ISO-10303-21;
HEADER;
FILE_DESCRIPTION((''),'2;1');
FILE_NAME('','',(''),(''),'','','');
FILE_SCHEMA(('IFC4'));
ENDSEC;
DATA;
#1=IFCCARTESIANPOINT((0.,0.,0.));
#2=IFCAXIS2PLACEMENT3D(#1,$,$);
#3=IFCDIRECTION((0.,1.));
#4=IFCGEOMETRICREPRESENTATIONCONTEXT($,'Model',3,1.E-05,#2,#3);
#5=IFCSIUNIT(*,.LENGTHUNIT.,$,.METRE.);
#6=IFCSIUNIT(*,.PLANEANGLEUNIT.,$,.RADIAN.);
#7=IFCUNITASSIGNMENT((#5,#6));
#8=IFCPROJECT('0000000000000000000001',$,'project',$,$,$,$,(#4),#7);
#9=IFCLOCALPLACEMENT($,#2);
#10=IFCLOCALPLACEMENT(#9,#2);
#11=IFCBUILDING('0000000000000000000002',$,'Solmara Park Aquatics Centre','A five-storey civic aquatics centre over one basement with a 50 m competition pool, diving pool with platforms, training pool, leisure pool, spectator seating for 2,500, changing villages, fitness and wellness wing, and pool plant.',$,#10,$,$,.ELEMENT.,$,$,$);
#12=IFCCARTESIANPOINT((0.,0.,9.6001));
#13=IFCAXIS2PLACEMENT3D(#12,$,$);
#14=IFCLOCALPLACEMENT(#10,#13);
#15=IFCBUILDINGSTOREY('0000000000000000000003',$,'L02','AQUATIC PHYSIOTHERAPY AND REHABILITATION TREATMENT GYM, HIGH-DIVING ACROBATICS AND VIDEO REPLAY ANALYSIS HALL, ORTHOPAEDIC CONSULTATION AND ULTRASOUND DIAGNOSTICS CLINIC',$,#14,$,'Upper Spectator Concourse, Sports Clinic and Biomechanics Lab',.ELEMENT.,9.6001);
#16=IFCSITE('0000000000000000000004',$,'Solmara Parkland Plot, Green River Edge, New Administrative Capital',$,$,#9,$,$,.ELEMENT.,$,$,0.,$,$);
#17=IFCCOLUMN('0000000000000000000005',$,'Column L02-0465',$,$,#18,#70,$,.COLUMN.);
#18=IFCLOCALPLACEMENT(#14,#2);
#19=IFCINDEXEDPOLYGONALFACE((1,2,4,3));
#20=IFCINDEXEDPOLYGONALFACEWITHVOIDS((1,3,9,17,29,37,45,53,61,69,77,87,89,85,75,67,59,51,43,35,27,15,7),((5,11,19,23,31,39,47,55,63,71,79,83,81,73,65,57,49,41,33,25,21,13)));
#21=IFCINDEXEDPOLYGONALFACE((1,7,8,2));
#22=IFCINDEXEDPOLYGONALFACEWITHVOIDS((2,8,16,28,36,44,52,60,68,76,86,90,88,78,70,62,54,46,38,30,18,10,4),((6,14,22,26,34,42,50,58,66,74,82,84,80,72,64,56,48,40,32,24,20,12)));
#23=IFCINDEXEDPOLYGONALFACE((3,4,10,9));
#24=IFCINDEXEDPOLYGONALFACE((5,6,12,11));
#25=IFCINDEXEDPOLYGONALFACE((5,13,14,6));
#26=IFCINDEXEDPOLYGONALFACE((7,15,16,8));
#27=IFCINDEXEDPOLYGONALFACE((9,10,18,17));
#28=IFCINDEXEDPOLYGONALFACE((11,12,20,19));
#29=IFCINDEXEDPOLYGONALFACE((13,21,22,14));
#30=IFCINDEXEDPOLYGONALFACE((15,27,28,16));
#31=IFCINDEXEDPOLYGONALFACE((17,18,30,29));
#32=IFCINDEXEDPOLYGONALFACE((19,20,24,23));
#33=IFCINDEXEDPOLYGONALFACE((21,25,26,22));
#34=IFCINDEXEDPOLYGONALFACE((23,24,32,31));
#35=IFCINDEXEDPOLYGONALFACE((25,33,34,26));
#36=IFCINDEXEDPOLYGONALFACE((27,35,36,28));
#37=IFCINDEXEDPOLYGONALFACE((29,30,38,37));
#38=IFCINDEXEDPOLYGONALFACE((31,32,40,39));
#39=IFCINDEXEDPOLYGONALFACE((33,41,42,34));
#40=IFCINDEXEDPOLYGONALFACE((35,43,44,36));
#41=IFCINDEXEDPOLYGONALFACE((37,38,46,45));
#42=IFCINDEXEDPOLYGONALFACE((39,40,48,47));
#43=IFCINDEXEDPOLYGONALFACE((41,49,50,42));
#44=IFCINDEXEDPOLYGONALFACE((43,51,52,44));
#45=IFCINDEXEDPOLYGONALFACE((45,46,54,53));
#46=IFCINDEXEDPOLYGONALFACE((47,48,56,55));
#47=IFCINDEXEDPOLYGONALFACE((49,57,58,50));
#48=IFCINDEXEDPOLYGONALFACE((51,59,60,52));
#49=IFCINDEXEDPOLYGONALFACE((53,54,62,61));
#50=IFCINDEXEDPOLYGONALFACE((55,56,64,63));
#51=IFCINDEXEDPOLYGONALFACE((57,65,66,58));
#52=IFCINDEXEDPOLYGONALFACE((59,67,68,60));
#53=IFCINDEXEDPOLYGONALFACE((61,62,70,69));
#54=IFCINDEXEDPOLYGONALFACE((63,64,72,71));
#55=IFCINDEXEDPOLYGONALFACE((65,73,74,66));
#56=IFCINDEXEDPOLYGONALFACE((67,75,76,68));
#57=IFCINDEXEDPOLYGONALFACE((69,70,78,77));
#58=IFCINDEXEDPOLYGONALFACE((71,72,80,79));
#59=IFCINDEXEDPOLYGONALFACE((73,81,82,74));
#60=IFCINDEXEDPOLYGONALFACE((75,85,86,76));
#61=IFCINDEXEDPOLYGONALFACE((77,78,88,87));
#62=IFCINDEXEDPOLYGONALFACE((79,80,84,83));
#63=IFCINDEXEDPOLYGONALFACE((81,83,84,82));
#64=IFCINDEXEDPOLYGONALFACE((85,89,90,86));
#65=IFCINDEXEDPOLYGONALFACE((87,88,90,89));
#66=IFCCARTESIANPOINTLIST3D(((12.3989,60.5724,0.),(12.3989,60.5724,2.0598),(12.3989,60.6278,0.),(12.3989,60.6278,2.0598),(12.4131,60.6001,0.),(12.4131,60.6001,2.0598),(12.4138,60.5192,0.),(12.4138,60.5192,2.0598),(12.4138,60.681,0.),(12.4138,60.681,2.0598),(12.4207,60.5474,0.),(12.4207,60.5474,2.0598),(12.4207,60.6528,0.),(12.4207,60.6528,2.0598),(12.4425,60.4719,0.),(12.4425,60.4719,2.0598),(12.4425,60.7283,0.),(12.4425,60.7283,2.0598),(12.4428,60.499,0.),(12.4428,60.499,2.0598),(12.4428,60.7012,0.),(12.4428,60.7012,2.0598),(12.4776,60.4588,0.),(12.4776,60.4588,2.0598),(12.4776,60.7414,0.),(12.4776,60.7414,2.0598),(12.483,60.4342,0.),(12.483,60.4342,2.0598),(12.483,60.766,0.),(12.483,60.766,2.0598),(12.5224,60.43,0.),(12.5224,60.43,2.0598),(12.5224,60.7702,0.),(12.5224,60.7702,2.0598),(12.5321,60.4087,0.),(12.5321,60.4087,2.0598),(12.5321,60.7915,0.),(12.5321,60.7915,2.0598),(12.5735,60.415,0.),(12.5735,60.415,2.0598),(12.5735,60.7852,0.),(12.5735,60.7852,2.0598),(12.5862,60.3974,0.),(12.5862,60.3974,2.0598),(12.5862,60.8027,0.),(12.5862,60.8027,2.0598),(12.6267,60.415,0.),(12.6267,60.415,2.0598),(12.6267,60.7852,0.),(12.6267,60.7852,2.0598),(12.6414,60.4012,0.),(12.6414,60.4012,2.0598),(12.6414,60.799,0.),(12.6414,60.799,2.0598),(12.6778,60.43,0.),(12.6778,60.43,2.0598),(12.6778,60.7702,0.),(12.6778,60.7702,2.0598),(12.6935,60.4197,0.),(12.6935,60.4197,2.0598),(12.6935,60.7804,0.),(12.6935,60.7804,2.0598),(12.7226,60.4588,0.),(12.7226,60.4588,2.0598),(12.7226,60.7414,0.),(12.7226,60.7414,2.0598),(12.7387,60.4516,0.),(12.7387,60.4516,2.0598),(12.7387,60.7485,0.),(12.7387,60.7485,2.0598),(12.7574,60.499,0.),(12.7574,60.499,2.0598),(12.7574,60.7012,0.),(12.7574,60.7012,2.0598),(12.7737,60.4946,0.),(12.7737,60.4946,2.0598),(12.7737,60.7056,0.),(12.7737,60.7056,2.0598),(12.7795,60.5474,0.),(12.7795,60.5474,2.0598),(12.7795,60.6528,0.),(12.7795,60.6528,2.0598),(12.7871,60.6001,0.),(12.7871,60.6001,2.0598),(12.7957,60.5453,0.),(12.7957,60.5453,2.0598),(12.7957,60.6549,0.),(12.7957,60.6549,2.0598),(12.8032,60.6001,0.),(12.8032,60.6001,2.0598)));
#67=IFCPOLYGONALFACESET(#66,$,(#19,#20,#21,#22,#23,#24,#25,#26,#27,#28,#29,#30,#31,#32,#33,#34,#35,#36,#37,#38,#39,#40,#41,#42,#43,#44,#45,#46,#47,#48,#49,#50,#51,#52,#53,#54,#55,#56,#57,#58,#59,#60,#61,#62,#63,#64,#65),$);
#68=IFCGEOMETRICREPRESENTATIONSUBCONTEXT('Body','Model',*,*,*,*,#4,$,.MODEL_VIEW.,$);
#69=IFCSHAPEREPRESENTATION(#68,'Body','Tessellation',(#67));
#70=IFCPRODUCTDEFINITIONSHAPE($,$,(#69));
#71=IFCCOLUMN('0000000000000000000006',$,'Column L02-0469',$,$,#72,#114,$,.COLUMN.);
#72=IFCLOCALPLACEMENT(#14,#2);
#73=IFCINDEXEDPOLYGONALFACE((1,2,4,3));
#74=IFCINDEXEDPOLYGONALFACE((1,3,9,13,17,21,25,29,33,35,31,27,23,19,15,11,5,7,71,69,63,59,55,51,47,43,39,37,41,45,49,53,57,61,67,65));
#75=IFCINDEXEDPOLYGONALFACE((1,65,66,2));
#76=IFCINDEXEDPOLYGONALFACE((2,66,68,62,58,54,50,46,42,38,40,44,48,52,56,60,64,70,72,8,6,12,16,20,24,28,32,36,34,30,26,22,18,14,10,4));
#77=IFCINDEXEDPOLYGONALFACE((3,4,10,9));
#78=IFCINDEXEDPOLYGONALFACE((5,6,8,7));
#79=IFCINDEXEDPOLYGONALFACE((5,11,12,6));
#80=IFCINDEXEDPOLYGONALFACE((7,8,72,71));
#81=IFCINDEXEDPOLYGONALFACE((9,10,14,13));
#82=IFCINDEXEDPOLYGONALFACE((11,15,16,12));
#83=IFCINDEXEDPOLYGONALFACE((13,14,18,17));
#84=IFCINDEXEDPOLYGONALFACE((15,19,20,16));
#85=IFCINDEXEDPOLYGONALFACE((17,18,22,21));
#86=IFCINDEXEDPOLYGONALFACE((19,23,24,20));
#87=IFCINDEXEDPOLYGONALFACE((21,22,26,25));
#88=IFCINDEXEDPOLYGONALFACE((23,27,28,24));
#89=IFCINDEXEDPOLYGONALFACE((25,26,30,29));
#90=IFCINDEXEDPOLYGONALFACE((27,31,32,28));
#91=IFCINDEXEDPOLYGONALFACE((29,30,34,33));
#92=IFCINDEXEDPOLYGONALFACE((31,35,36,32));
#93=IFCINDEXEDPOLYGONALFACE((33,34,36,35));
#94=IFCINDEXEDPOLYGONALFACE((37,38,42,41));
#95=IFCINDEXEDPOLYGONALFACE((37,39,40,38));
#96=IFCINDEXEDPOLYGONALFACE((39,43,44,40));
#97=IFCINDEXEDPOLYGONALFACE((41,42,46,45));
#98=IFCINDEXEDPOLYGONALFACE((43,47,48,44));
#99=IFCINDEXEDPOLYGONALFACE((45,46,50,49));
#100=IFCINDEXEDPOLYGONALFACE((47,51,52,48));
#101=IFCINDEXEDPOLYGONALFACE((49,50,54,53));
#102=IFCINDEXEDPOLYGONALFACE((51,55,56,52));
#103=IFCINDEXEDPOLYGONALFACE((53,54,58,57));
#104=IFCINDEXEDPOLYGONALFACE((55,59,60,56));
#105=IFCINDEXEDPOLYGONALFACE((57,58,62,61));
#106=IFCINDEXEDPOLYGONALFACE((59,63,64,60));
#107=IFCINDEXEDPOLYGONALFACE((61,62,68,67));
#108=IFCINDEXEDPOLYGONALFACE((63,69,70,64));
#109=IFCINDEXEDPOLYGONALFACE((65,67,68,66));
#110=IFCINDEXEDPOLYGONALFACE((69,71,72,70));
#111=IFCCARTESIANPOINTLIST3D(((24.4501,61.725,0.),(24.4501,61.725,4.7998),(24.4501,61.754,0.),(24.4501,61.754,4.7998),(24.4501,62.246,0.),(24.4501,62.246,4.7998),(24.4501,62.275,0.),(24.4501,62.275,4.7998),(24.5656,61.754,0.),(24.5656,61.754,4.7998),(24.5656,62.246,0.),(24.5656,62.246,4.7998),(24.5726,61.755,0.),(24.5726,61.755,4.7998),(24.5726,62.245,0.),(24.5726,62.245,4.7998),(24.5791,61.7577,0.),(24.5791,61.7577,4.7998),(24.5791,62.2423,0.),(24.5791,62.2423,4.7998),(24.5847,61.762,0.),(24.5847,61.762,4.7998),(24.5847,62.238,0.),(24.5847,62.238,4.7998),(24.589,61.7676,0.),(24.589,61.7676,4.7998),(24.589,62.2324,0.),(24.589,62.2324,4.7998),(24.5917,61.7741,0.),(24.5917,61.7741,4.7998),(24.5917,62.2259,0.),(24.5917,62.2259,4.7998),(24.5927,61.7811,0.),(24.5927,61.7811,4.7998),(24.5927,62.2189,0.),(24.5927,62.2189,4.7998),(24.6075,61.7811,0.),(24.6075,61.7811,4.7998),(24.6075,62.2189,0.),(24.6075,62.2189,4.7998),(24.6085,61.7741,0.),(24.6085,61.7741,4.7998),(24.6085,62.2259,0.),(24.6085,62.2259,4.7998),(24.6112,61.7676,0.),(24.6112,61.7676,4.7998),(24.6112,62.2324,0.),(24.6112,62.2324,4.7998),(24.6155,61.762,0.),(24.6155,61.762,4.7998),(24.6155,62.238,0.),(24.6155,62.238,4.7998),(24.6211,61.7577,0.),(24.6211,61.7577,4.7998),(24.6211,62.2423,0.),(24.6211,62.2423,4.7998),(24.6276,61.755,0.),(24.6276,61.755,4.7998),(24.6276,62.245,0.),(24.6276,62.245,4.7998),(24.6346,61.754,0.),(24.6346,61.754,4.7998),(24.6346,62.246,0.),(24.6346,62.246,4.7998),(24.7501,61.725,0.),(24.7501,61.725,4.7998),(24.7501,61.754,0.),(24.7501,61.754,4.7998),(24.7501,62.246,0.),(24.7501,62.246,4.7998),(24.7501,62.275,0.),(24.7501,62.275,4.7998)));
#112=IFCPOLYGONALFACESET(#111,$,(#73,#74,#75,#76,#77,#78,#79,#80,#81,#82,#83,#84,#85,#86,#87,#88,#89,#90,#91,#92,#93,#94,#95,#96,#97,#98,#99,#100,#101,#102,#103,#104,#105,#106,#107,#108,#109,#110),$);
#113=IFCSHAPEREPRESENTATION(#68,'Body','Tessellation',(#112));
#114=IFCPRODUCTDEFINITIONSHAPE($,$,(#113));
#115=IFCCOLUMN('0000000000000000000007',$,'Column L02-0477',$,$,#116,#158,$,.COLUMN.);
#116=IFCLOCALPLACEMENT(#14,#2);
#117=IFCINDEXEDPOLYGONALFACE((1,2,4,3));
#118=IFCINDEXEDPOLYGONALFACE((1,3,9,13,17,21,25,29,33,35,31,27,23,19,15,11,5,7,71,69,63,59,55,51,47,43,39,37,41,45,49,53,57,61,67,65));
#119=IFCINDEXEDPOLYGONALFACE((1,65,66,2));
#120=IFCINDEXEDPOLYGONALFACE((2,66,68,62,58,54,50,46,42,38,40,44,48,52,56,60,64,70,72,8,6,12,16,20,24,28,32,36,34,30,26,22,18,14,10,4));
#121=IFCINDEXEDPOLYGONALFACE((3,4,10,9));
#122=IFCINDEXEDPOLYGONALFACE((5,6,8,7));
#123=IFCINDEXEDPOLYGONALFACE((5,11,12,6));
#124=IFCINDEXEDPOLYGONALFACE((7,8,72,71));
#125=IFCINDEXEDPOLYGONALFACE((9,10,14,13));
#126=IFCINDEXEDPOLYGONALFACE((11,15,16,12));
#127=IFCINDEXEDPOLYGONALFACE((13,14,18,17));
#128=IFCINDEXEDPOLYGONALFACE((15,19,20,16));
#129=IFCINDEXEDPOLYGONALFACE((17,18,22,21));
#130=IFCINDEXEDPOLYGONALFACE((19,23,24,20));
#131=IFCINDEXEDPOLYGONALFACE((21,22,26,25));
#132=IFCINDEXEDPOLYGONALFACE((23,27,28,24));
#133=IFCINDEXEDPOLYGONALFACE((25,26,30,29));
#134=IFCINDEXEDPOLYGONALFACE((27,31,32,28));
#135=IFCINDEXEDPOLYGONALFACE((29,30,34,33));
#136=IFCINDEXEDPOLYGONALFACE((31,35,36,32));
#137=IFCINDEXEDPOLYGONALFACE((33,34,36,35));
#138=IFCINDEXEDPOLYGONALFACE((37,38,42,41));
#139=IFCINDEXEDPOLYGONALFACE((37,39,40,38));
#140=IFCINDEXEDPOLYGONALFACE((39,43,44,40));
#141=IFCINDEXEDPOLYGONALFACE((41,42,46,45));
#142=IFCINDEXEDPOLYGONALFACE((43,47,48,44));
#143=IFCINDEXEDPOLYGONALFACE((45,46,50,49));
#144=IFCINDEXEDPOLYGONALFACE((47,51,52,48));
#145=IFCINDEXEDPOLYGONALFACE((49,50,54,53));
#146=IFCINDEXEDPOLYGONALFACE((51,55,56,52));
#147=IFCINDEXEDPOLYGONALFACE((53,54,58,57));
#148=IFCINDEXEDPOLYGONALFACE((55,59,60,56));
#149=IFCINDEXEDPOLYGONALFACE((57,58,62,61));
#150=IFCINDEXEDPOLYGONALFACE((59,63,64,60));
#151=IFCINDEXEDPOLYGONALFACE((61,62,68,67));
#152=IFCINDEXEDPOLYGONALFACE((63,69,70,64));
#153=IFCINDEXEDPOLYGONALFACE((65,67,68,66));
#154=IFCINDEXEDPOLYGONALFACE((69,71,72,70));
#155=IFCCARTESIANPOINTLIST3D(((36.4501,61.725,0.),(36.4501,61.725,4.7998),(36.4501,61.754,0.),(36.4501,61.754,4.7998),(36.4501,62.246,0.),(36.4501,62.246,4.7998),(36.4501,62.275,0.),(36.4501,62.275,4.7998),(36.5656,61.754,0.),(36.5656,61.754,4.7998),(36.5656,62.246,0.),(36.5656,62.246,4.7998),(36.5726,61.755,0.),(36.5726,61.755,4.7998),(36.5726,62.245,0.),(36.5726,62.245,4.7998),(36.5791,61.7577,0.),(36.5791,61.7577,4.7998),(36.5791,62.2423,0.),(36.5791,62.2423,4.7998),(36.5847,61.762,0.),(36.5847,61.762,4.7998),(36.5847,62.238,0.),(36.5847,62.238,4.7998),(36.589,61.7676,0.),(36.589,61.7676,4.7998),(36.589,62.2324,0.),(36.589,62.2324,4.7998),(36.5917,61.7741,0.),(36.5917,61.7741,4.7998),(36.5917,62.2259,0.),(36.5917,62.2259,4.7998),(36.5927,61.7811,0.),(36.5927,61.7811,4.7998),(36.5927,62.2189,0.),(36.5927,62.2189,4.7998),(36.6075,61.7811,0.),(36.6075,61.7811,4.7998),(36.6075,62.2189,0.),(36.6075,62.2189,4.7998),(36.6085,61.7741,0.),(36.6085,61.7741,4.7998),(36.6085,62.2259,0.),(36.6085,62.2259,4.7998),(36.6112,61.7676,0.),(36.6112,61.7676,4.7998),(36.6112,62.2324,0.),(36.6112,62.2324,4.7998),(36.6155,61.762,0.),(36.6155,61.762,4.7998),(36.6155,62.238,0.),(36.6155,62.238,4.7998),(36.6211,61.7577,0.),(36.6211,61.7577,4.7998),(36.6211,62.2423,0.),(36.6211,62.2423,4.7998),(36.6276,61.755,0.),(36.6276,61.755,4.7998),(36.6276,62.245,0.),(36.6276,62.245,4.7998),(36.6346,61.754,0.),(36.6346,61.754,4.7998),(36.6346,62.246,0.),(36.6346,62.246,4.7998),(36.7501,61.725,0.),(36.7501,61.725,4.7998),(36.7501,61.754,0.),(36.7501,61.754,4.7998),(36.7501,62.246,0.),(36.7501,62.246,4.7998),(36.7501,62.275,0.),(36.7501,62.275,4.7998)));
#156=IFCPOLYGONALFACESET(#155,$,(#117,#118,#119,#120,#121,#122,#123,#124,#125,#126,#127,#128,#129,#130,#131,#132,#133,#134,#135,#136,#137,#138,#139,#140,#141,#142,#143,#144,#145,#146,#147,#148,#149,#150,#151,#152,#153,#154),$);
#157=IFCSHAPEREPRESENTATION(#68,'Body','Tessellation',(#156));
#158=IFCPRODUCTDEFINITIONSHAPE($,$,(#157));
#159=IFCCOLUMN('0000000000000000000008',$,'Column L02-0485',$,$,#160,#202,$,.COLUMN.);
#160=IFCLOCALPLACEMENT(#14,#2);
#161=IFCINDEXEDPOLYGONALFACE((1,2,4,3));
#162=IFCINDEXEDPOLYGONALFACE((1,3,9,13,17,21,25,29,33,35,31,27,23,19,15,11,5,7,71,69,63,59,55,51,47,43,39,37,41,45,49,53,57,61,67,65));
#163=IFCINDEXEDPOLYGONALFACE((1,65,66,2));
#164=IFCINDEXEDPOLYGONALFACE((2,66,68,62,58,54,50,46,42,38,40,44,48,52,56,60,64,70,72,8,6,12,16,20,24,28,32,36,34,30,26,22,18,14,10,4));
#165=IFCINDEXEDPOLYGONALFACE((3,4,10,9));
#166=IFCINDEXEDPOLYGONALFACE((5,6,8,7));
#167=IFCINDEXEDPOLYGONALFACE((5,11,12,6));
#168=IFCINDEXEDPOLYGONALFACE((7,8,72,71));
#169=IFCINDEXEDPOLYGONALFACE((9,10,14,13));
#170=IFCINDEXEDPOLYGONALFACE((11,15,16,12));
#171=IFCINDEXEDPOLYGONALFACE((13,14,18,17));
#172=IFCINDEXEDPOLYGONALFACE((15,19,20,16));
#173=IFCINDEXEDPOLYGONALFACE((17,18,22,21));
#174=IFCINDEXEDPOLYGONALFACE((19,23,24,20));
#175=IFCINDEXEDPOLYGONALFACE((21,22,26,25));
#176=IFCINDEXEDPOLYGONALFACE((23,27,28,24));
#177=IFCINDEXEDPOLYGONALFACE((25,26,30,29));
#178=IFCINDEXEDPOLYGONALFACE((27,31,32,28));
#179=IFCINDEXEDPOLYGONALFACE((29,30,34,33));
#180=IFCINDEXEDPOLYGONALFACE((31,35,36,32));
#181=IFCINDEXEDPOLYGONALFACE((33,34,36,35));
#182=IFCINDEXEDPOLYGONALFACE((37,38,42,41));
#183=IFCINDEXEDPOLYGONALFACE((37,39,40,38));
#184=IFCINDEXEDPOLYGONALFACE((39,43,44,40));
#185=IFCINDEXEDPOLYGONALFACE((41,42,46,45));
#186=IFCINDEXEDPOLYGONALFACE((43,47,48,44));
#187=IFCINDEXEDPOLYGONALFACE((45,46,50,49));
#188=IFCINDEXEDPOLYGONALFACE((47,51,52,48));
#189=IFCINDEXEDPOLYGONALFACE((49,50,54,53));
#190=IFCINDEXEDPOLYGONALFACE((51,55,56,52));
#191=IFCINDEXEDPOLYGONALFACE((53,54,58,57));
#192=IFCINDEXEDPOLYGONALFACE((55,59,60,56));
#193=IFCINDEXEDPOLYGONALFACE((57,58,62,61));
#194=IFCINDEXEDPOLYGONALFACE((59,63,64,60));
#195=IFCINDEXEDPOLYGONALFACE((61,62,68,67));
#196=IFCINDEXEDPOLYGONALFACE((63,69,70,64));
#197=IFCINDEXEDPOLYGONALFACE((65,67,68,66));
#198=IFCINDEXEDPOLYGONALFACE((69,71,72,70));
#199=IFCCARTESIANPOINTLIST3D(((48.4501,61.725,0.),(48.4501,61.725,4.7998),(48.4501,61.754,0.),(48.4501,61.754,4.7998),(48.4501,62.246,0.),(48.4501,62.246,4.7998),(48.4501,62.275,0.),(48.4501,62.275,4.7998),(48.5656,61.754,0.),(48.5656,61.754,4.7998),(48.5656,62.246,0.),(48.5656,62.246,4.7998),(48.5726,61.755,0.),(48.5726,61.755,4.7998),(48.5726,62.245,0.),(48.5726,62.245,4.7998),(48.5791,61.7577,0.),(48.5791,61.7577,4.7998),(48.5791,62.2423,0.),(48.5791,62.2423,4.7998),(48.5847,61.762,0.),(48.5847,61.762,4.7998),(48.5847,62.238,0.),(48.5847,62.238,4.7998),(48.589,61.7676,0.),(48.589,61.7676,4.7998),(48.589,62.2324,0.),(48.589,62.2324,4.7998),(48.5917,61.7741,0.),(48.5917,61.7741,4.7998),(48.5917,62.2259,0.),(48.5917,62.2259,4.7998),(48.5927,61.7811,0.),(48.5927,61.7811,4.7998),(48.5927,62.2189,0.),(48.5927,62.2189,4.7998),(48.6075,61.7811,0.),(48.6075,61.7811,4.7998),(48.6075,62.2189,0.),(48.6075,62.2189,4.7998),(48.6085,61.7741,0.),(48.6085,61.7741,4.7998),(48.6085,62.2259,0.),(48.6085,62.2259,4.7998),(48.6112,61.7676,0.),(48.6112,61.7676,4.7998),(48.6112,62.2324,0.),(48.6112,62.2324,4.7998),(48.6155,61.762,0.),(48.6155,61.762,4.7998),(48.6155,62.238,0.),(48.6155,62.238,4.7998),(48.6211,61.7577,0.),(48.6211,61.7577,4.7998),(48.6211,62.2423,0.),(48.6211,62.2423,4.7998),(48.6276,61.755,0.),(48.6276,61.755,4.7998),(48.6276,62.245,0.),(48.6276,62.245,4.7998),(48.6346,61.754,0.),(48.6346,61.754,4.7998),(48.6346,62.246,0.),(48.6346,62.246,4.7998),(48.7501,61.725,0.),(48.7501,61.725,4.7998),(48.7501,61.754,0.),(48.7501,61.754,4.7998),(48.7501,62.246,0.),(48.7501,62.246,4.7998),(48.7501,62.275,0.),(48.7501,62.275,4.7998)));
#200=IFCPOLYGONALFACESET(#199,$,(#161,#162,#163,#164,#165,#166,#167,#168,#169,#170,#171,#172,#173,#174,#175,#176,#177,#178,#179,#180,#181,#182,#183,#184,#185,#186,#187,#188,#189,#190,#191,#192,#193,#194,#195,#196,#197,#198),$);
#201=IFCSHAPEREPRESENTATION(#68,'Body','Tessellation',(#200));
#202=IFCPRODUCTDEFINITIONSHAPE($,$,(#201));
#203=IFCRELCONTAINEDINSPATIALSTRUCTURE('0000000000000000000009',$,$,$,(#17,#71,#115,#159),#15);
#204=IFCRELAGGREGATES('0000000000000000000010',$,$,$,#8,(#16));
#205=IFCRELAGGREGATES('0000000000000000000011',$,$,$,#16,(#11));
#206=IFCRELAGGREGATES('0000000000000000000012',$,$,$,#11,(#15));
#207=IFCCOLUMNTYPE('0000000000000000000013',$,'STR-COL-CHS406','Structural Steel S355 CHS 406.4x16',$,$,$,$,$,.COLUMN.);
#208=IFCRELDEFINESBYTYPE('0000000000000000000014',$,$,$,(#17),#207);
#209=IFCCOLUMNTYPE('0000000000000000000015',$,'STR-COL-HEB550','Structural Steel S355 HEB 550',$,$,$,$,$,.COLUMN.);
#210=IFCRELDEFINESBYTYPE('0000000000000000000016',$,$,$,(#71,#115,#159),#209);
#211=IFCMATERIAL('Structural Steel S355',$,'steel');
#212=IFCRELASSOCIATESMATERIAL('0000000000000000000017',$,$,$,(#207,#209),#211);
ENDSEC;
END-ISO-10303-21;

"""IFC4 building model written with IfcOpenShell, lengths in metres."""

from ifc_helpers import new_model, si_unit, direction, frame, origin, origin_2d, place, context, subcontext, project, spatial, hollow_circle, i_section, extrude, material, material_profile, profile_set, type_object, element, save


model = new_model("IFC4")

# Units and contexts
model_context = context("Model", 3, precision=1e-05, world=origin(), true_north=direction((0.0, 1.0)))
body_context = subcontext(model_context, "Body", "Model", "MODEL_VIEW")
ifc_project = project(units=[si_unit("LENGTHUNIT", "METRE"), si_unit("PLANEANGLEUNIT", "RADIAN")], contexts=[model_context])

# Site, building, storey
site_placement = place(None, origin())
site = spatial("IfcSite", under=ifc_project, at=site_placement, Name="Solmara Parkland Plot, Green River Edge, New Administrative Capital", CompositionType="ELEMENT", RefElevation=0.0)
building_placement = place(site_placement, origin())
building = spatial("IfcBuilding", under=site, at=building_placement, Name="Solmara Park Aquatics Centre", Description="A five-storey civic aquatics centre over one basement with a 50 m competition pool, diving pool with platforms, training pool, leisure pool, spectator seating for 2,500, changing villages, fitness and wellness wing, and pool plant.", CompositionType="ELEMENT")
storey_placement = place(building_placement, frame((0.0, 0.0, 9.6001)))
storey = spatial("IfcBuildingStorey", under=building, at=storey_placement, Name="L02", Description="AQUATIC PHYSIOTHERAPY AND REHABILITATION TREATMENT GYM, HIGH-DIVING ACROBATICS AND VIDEO REPLAY ANALYSIS HALL, ORTHOPAEDIC CONSULTATION AND ULTRASOUND DIAGNOSTICS CLINIC", LongName="Upper Spectator Concourse, Sports Clinic and Biomechanics Lab", CompositionType="ELEMENT", Elevation=9.6001)

# Columns
ifc_material_1 = material(Name="Structural Steel S355", Category="steel")
ifc_material_profile_1 = material_profile(ifc_material_1, hollow_circle(Radius=0.2031, WallThickness=0.0161, at=origin_2d()), Name="CHS 406.4x16")
ifc_profile_set_1 = profile_set([ifc_material_profile_1], Name="Structural Steel S355")
column_type_1 = type_object("IfcColumnType", Name="STR-COL-CHS406", Description="Structural Steel S355 CHS 406.4x16", PredefinedType="COLUMN", material=ifc_profile_set_1)
column_placement = place(storey_placement, frame((12.6001, 60.6001, 0.0), z_axis=(0.0, 0.0, 1.0), x_axis=(1.0, 0.0, 0.0)))
element("IfcColumn", 1, at=column_placement, inside=storey, type_object=column_type_1, Name="Column L02-0465", PredefinedType="COLUMN", context=body_context, shape_type="SweptSolid", body=[
    extrude(hollow_circle(Radius=0.2031, WallThickness=0.0161, at=origin_2d()), origin(), (0.0, 0.0, 1.0), 2.0598),
])
ifc_material_profile_2 = material_profile(ifc_material_1, i_section(OverallWidth=0.3, OverallDepth=0.55, WebThickness=0.0149, FlangeThickness=0.0291, FilletRadius=0.0271, at=origin_2d()), Name="HEB 550")
ifc_profile_set_2 = profile_set([ifc_material_profile_2], Name="Structural Steel S355")
column_type_2 = type_object("IfcColumnType", Name="STR-COL-HEB550", Description="Structural Steel S355 HEB 550", PredefinedType="COLUMN", material=ifc_profile_set_2)
for number, where, z_axis, x_axis, name in (
    (2, (24.6001, 62.0, 0.0), (0.0, 0.0, 1.0), (1.0, 0.0, 0.0), "Column L02-0469"),
    (3, (36.6001, 62.0, 0.0), (0.0, 0.0, 1.0), (1.0, 0.0, 0.0), "Column L02-0477"),
    (4, (48.6001, 62.0, 0.0), (0.0, 0.0, 1.0), (1.0, 0.0, 0.0), "Column L02-0485"),
):
    element("IfcColumn", number, at=place(storey_placement, frame(where, z_axis=z_axis, x_axis=x_axis)), inside=storey, type_object=column_type_2, Name=name, PredefinedType="COLUMN", context=body_context, shape_type="SweptSolid", body=[
        extrude(i_section(OverallWidth=0.3, OverallDepth=0.55, WebThickness=0.0149, FlangeThickness=0.0291, FilletRadius=0.0271, at=origin_2d()), origin(), (0.0, 0.0, 1.0), 4.7998),
    ])

save(model, "model.ifc")
